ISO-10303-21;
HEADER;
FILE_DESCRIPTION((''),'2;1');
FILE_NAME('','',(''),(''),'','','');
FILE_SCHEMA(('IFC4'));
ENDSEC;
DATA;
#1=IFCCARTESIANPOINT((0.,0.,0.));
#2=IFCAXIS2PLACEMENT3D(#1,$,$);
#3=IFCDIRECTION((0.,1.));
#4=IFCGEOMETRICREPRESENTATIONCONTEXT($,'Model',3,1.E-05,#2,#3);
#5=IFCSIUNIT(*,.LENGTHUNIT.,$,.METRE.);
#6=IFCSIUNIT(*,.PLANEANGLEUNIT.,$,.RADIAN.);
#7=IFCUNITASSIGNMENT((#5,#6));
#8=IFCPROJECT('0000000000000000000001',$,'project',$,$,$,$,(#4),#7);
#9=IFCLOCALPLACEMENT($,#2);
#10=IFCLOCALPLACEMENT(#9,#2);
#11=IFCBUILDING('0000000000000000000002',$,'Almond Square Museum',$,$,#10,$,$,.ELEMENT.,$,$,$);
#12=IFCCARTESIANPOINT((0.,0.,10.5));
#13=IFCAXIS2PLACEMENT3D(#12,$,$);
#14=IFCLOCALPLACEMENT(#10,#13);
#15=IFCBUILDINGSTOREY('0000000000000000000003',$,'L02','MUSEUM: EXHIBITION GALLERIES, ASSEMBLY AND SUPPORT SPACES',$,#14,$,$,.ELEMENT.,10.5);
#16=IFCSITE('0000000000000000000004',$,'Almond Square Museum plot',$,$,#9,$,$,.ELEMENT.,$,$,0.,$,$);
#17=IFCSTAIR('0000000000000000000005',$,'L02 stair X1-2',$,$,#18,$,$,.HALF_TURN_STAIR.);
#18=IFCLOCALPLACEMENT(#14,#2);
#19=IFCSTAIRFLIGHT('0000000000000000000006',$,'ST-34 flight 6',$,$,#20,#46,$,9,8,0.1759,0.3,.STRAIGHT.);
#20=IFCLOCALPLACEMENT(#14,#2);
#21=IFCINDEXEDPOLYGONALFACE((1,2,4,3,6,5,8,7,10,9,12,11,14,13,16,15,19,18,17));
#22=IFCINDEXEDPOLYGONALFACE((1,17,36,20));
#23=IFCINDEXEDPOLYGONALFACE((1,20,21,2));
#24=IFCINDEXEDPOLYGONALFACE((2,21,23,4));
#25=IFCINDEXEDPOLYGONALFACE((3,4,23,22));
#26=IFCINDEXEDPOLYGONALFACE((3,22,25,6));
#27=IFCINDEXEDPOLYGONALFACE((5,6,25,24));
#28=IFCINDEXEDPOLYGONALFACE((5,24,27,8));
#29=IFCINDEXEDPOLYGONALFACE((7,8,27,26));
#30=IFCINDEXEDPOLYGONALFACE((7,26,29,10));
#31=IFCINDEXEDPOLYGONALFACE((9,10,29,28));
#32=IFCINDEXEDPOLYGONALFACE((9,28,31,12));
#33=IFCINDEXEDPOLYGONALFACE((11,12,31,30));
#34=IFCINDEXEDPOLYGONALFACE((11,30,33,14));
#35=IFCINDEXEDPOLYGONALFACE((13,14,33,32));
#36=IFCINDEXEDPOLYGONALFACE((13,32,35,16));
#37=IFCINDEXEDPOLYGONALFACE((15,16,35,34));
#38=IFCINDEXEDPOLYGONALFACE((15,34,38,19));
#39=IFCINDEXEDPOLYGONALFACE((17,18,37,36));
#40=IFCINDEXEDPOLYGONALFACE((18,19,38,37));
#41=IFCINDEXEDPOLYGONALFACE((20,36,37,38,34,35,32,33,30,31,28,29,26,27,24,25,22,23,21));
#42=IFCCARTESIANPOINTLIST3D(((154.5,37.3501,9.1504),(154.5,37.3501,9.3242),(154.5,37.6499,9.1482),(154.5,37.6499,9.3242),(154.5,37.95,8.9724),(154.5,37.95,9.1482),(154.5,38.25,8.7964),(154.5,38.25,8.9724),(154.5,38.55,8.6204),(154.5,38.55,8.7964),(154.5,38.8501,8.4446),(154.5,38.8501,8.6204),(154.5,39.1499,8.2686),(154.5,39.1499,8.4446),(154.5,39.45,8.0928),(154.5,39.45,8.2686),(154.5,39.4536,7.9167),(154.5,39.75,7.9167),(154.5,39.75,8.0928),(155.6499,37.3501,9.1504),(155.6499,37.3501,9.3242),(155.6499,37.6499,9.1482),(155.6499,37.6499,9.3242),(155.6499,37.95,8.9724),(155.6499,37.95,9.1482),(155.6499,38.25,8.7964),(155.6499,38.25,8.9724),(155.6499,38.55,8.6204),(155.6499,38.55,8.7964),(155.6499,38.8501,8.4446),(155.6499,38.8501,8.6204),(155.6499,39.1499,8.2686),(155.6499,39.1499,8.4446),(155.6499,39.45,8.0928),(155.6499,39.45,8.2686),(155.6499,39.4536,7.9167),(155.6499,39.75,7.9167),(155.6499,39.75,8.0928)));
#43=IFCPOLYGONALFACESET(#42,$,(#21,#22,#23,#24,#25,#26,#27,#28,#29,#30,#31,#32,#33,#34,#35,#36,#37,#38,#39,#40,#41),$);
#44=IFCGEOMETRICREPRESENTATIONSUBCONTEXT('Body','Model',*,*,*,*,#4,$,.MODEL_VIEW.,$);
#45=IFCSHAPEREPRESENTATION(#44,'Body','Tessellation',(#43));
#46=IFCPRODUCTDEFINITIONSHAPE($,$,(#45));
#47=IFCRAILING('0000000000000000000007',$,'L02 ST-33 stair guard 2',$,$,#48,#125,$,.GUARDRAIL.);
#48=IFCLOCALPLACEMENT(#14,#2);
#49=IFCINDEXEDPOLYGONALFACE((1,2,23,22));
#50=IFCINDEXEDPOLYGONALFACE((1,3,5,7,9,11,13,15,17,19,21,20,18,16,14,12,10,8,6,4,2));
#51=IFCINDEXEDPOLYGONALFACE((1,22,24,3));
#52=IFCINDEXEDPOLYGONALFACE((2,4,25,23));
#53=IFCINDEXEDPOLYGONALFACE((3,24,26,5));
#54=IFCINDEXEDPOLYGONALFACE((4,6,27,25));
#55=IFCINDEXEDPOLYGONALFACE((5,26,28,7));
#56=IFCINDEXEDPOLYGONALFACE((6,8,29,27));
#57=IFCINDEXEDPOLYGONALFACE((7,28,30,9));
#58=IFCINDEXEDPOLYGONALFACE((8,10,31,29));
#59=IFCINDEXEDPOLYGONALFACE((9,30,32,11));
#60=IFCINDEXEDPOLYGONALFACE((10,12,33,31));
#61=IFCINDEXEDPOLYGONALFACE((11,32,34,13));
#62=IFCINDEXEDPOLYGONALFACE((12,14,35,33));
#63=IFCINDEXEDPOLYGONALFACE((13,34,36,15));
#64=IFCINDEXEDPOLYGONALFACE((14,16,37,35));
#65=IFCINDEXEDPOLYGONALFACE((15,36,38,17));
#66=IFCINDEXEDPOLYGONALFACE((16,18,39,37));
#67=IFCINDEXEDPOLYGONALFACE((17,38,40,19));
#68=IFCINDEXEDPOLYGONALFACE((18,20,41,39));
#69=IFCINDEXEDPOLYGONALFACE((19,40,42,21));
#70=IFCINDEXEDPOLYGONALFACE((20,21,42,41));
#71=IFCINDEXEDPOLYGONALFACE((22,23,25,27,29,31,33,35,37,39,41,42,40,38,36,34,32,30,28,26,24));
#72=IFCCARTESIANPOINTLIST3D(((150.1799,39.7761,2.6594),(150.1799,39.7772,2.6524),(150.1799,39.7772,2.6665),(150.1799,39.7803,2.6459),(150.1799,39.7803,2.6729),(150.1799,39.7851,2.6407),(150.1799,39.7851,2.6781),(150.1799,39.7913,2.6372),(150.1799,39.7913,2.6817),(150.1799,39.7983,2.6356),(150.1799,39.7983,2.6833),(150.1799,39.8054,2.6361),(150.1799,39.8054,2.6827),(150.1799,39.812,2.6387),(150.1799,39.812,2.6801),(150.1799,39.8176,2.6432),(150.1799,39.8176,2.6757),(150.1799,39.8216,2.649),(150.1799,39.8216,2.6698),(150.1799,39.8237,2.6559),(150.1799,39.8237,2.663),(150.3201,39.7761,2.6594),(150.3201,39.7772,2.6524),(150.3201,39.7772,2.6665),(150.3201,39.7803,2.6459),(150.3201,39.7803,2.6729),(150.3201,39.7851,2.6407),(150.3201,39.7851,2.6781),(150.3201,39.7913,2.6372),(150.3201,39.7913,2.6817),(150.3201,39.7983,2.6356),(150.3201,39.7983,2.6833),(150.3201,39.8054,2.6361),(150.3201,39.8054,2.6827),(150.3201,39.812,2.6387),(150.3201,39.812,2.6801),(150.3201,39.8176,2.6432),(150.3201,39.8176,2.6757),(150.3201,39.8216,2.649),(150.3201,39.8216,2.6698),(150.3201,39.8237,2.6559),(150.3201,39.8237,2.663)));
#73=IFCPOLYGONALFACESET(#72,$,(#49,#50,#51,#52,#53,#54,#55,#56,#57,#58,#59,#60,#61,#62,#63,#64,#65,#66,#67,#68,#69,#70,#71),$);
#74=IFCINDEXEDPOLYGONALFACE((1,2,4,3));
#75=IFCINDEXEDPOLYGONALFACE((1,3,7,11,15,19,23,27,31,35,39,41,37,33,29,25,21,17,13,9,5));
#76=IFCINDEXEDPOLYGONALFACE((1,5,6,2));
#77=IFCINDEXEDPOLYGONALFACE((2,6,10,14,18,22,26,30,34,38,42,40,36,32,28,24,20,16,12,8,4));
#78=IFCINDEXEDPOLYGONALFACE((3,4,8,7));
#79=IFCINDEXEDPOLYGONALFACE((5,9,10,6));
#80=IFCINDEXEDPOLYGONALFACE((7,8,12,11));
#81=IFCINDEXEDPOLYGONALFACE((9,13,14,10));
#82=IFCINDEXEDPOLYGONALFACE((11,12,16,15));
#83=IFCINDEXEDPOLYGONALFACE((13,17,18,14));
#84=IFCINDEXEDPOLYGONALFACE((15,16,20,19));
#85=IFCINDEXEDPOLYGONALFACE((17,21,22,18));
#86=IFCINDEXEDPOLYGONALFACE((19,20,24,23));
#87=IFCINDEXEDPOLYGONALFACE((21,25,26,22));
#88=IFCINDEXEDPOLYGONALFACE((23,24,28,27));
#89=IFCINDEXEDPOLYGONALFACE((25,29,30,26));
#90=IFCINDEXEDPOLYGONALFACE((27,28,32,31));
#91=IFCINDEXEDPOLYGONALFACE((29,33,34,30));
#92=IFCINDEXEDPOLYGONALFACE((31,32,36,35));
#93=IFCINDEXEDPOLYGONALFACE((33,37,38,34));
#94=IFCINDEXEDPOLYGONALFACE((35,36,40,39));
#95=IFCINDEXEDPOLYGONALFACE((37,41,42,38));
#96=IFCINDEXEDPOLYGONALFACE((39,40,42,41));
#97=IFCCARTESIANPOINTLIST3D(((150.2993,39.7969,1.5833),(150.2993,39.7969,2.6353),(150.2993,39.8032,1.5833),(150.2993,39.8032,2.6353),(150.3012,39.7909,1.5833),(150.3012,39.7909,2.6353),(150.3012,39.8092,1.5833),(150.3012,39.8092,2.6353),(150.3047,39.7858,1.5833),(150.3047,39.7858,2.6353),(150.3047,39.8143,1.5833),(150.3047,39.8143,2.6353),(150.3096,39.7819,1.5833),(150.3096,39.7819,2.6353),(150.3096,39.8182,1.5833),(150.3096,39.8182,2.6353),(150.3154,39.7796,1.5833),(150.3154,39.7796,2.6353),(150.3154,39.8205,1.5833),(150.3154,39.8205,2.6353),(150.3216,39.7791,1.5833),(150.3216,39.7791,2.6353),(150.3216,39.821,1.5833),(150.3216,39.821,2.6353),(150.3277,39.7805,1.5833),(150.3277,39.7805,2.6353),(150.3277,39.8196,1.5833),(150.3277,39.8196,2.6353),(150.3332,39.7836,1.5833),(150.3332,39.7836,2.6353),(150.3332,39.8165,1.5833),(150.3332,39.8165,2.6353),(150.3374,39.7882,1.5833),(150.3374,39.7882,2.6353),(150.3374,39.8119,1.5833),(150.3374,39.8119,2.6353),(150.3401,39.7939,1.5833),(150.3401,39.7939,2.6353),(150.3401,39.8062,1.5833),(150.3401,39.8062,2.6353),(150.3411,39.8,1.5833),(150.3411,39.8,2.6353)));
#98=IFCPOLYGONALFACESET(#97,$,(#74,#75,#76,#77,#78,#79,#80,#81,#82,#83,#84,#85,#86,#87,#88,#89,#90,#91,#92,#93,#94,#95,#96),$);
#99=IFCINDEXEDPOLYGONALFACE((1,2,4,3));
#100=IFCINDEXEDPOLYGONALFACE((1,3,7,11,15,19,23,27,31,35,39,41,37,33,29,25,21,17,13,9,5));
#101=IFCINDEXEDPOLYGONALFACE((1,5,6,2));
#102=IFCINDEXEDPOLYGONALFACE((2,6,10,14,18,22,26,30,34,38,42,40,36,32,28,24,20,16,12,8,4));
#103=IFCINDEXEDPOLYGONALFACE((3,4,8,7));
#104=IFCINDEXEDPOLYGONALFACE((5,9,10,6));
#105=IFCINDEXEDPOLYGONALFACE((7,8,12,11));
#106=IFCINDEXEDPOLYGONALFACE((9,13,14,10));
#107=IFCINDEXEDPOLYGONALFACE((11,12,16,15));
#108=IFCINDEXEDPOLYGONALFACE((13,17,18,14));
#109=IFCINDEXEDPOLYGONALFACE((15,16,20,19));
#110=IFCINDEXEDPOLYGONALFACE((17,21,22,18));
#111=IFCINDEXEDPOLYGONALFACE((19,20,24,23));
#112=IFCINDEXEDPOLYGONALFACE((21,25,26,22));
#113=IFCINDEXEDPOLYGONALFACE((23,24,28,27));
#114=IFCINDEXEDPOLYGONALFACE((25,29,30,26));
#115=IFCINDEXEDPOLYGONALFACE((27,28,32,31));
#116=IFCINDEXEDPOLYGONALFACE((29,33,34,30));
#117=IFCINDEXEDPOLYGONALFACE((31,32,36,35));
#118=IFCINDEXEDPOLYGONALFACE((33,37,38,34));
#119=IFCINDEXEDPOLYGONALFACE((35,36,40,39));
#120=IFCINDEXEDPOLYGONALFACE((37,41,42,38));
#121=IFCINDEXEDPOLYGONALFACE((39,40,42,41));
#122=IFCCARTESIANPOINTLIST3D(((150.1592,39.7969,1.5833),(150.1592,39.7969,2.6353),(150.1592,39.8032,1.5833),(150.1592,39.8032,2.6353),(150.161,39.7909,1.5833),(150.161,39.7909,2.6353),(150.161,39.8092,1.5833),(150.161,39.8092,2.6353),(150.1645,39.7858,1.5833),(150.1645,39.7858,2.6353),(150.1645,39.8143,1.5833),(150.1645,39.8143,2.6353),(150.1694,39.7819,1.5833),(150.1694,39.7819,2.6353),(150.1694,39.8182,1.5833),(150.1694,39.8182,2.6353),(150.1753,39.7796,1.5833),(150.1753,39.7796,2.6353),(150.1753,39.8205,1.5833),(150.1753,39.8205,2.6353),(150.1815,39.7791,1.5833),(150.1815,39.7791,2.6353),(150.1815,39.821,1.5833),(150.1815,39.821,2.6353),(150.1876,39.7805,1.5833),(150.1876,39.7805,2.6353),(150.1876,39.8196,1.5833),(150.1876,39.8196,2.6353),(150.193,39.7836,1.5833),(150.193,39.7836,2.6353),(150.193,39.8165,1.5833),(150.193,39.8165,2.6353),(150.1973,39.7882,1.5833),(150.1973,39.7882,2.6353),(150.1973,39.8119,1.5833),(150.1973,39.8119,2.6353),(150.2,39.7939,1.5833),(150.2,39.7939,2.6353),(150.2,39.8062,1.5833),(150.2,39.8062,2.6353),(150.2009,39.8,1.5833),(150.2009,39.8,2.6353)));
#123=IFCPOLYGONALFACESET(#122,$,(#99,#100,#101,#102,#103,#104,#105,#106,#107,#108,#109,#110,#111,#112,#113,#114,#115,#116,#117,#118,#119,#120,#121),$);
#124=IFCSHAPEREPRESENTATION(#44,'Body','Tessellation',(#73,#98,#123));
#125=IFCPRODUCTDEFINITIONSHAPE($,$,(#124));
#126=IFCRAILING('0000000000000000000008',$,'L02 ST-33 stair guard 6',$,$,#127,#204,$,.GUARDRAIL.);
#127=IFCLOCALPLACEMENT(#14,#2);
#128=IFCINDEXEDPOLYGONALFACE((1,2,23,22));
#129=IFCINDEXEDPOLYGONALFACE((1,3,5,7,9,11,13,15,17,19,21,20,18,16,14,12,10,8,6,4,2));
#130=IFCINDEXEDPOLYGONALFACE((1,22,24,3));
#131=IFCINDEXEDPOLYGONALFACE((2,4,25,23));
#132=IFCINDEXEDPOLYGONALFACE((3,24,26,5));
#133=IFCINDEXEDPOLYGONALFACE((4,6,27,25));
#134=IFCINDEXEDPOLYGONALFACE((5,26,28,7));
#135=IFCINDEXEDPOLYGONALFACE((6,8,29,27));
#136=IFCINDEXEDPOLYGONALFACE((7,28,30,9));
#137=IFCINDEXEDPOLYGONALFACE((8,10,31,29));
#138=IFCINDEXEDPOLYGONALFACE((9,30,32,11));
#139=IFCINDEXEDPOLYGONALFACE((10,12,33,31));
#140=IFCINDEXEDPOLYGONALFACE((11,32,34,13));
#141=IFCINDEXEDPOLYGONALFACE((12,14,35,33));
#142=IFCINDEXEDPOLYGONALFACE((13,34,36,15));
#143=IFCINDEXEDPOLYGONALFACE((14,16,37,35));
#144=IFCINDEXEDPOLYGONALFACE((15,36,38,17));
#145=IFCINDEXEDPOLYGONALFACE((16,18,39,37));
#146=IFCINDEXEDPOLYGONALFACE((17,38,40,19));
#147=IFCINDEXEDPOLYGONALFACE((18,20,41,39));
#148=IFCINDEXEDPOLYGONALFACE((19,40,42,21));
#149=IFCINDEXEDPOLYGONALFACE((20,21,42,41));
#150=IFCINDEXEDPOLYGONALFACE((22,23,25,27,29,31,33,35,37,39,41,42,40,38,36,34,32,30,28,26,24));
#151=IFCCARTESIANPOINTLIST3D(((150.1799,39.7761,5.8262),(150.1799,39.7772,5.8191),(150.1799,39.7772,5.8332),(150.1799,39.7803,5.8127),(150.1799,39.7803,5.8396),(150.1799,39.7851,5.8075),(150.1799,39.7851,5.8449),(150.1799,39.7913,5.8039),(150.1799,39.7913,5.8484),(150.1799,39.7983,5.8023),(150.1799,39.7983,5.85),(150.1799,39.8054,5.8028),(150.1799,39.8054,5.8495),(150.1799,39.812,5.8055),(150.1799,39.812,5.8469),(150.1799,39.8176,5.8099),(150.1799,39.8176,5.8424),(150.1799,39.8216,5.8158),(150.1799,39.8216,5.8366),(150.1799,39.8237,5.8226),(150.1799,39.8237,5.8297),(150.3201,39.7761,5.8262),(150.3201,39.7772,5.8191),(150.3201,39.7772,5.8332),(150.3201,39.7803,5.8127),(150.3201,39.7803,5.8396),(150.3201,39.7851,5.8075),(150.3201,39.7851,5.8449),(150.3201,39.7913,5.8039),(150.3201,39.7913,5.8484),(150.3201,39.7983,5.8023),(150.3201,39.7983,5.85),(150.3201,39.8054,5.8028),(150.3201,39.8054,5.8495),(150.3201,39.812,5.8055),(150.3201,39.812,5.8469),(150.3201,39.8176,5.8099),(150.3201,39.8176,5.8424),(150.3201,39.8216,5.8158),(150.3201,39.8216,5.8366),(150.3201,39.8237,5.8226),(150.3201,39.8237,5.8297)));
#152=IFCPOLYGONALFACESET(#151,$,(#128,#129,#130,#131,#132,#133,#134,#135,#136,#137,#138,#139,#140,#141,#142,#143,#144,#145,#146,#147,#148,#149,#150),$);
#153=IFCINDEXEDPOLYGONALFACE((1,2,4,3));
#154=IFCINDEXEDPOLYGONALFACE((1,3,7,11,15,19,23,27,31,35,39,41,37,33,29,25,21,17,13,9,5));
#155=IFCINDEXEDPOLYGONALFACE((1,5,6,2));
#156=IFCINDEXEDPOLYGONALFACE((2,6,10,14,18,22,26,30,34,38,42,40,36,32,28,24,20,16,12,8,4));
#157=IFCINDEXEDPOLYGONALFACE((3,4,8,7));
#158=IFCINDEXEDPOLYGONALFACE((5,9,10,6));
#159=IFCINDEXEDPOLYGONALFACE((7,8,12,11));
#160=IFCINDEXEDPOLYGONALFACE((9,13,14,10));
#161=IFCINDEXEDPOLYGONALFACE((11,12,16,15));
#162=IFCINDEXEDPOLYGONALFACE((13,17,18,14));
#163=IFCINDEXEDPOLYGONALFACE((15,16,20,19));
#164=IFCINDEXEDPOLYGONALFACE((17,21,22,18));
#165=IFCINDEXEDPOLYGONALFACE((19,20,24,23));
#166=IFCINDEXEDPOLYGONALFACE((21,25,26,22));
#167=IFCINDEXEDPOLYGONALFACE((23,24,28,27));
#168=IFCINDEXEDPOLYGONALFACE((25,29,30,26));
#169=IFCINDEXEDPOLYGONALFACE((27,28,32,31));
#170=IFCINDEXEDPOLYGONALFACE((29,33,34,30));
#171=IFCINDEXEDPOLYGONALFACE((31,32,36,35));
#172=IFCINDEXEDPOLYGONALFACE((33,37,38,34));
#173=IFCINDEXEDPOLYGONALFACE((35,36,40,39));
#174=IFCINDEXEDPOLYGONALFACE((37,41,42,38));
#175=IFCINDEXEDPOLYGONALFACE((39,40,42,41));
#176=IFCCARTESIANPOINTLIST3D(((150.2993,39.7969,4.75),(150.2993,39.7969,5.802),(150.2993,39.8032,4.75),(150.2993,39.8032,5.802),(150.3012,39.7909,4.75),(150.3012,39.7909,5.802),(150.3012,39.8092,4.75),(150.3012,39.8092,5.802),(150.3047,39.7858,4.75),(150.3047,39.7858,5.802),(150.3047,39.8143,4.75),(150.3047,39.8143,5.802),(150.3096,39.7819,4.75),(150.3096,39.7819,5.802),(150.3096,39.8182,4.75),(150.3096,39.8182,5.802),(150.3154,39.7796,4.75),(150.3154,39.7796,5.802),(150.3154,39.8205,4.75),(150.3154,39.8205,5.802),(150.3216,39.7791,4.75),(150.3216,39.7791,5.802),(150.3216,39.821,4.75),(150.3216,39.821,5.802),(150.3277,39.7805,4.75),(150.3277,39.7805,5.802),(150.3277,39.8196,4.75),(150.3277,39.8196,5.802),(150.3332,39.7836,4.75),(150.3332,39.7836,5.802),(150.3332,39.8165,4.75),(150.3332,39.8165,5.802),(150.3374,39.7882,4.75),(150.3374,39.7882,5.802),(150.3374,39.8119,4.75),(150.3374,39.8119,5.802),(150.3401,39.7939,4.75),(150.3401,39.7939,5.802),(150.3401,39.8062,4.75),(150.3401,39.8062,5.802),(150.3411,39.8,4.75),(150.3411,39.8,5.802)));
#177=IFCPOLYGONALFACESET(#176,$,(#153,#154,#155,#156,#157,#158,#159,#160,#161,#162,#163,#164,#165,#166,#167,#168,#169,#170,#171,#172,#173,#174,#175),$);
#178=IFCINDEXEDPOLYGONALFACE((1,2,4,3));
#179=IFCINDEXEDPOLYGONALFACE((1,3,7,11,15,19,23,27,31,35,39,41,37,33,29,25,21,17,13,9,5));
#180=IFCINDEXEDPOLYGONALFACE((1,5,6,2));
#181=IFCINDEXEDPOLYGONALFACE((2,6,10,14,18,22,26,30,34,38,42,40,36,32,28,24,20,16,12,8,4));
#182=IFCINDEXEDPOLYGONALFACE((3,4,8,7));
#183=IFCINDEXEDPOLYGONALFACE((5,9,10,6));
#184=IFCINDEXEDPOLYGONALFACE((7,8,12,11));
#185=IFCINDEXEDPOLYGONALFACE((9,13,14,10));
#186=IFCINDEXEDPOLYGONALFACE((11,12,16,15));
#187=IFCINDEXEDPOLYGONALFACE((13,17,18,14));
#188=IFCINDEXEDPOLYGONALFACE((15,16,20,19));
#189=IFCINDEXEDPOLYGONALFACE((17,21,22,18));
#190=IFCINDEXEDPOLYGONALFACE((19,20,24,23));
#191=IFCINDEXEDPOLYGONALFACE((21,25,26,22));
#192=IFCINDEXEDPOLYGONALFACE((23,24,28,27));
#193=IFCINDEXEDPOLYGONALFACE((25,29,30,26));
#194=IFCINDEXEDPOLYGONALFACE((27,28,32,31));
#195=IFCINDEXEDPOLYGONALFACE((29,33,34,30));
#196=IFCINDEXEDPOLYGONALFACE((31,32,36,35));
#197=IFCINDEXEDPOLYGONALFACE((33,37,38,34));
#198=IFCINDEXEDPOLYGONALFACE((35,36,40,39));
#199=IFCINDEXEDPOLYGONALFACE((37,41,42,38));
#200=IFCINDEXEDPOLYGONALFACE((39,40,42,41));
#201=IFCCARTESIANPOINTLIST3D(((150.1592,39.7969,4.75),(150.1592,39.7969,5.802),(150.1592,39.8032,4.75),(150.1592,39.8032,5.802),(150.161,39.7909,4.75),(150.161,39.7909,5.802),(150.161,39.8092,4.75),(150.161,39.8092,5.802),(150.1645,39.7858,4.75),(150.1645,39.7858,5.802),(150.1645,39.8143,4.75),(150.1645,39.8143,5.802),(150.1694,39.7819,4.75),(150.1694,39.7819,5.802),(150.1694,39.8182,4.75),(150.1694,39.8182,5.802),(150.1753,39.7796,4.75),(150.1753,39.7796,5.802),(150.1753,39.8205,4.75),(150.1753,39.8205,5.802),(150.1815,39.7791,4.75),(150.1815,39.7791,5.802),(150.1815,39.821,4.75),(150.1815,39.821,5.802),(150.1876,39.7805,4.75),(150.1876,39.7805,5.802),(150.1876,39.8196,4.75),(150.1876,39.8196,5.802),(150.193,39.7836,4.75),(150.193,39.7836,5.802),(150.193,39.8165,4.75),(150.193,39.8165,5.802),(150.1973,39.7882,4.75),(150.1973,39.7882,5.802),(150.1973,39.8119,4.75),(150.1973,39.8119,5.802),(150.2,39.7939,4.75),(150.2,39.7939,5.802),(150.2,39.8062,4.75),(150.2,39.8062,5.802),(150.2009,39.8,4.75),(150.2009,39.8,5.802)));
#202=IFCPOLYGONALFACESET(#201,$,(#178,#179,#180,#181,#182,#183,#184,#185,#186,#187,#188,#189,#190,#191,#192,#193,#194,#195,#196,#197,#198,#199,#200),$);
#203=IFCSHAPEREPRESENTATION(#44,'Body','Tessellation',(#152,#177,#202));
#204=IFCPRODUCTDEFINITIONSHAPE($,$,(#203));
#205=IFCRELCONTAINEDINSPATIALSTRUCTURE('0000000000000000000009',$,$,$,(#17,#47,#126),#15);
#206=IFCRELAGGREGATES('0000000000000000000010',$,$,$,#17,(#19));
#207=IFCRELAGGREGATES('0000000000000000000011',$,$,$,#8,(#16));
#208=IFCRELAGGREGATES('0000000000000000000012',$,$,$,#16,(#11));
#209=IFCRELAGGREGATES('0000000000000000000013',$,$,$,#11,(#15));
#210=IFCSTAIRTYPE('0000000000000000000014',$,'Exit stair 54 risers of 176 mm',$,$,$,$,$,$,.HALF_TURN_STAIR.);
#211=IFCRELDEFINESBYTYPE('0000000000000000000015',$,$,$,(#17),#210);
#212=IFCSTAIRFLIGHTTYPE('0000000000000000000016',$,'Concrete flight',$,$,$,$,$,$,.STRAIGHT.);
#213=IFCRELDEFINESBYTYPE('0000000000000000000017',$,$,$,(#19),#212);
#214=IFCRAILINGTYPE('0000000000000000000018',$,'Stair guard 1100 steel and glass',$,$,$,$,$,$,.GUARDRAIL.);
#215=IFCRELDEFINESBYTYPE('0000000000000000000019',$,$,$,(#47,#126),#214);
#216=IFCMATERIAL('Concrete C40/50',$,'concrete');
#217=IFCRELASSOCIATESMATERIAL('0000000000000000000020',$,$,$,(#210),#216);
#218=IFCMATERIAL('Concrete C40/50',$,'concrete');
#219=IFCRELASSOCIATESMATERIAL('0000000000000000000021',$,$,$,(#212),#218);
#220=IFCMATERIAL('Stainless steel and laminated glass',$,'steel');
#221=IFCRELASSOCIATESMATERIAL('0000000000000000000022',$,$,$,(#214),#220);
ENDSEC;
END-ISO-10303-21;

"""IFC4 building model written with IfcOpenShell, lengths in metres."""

from ifc_helpers import new_model, si_unit, direction, frame, origin, origin_2d, place, context, subcontext, project, spatial, polyline, circle, outline, extrude, material, type_object, element, aggregate, save


model = new_model("IFC4")

# Units and contexts
model_context = context("Model", 3, precision=1e-05, world=origin(), true_north=direction((0.0, 1.0)))
body_context = subcontext(model_context, "Body", "Model", "MODEL_VIEW")
ifc_project = project(units=[si_unit("LENGTHUNIT", "METRE"), si_unit("PLANEANGLEUNIT", "RADIAN")], contexts=[model_context])

# Site, building, storey
site_placement = place(None, origin())
site = spatial("IfcSite", under=ifc_project, at=site_placement, Name="Almond Square Museum plot", CompositionType="ELEMENT", RefElevation=0.0)
building_placement = place(site_placement, origin())
building = spatial("IfcBuilding", under=site, at=building_placement, Name="Almond Square Museum", CompositionType="ELEMENT")
storey_placement = place(building_placement, frame((0.0, 0.0, 10.5)))
storey = spatial("IfcBuildingStorey", under=building, at=storey_placement, Name="L02", Description="MUSEUM: EXHIBITION GALLERIES, ASSEMBLY AND SUPPORT SPACES", CompositionType="ELEMENT", Elevation=10.5)

# Stair, stair flight
ifc_material_1 = material(Name="Concrete C40/50", Category="concrete")
stair_type = type_object("IfcStairType", Name="Exit stair 54 risers of 176 mm", PredefinedType="HALF_TURN_STAIR", material=ifc_material_1)
stair_placement = place(storey_placement, origin())
stair = element("IfcStair", 1, at=stair_placement, inside=storey, type_object=stair_type, Name="L02 stair X1-2", PredefinedType="HALF_TURN_STAIR")
ifc_material_2 = material(Name="Concrete C40/50", Category="concrete")
stair_flight_type = type_object("IfcStairFlightType", Name="Concrete flight", PredefinedType="STRAIGHT", material=ifc_material_2)
stair_flight_1_placement = place(storey_placement, frame((155.075, 39.75, 7.9167), z_axis=(0.0, 0.0, 1.0), x_axis=(0.0, -1.0, 0.0)))
stair_flight_1 = element("IfcStairFlight", 2, at=stair_flight_1_placement, type_object=stair_flight_type, Name="ST-34 flight 6", NumberOfRisers=9, NumberOfTreads=8, PredefinedType="STRAIGHT", RiserHeight=0.1759, TreadLength=0.3, context=body_context, shape_type="SweptSolid", body=[
    extrude(outline(polyline([(0.0, 0.0), (0.0, 0.176), (0.3, 0.176), (0.3, 0.3518), (0.6001, 0.3518), (0.6001, 0.5278), (0.8999, 0.5278), (0.8999, 0.7036), (1.2, 0.7036), (1.2, 0.8796), (1.5, 0.8796), (1.5, 1.0557), (1.8, 1.0557), (1.8, 1.2314), (2.1001, 1.2314), (2.1001, 1.4075), (2.3999, 1.4075), (2.3999, 1.5833), (2.3999, 1.2336), (0.2964, 0.0), (0.0, 0.0)])), frame((0.0, 0.575, 0.0), z_axis=(0.0, -1.0, 0.0), x_axis=(1.0, 0.0, 0.0)), (0.0, 0.0, 1.0), 1.1499),
])
aggregate(stair, [stair_flight_1])

# Railings
ifc_material_3 = material(Name="Stainless steel and laminated glass", Category="steel")
railing_type_1 = type_object("IfcRailingType", Name="Stair guard 1100 steel and glass", PredefinedType="GUARDRAIL", material=ifc_material_3)
for number, where, name in (
    (3, (150.3201, 39.8, 1.5833), "L02 ST-33 stair guard 2"),
    (4, (150.3201, 39.8, 4.75), "L02 ST-33 stair guard 6"),
):
    element("IfcRailing", number, at=place(storey_placement, frame(where)), inside=storey, type_object=railing_type_1, Name=name, PredefinedType="GUARDRAIL", context=body_context, shape_type="SweptSolid", body=[
        extrude(circle(Radius=0.0239, at=origin_2d()), frame((0.0, 0.0, 1.0762), z_axis=(-1.0, 0.0, 0.0), x_axis=(0.0, -1.0, 0.0)), (0.0, 0.0, 1.0), 0.1401),
        extrude(circle(Radius=0.021, at=origin_2d()), origin(), (0.0, 0.0, 1.0), 1.052),
        extrude(circle(Radius=0.021, at=origin_2d()), frame((-0.1401, 0.0, 0.0)), (0.0, 0.0, 1.0), 1.052),
    ])

save(model, "model.ifc")
